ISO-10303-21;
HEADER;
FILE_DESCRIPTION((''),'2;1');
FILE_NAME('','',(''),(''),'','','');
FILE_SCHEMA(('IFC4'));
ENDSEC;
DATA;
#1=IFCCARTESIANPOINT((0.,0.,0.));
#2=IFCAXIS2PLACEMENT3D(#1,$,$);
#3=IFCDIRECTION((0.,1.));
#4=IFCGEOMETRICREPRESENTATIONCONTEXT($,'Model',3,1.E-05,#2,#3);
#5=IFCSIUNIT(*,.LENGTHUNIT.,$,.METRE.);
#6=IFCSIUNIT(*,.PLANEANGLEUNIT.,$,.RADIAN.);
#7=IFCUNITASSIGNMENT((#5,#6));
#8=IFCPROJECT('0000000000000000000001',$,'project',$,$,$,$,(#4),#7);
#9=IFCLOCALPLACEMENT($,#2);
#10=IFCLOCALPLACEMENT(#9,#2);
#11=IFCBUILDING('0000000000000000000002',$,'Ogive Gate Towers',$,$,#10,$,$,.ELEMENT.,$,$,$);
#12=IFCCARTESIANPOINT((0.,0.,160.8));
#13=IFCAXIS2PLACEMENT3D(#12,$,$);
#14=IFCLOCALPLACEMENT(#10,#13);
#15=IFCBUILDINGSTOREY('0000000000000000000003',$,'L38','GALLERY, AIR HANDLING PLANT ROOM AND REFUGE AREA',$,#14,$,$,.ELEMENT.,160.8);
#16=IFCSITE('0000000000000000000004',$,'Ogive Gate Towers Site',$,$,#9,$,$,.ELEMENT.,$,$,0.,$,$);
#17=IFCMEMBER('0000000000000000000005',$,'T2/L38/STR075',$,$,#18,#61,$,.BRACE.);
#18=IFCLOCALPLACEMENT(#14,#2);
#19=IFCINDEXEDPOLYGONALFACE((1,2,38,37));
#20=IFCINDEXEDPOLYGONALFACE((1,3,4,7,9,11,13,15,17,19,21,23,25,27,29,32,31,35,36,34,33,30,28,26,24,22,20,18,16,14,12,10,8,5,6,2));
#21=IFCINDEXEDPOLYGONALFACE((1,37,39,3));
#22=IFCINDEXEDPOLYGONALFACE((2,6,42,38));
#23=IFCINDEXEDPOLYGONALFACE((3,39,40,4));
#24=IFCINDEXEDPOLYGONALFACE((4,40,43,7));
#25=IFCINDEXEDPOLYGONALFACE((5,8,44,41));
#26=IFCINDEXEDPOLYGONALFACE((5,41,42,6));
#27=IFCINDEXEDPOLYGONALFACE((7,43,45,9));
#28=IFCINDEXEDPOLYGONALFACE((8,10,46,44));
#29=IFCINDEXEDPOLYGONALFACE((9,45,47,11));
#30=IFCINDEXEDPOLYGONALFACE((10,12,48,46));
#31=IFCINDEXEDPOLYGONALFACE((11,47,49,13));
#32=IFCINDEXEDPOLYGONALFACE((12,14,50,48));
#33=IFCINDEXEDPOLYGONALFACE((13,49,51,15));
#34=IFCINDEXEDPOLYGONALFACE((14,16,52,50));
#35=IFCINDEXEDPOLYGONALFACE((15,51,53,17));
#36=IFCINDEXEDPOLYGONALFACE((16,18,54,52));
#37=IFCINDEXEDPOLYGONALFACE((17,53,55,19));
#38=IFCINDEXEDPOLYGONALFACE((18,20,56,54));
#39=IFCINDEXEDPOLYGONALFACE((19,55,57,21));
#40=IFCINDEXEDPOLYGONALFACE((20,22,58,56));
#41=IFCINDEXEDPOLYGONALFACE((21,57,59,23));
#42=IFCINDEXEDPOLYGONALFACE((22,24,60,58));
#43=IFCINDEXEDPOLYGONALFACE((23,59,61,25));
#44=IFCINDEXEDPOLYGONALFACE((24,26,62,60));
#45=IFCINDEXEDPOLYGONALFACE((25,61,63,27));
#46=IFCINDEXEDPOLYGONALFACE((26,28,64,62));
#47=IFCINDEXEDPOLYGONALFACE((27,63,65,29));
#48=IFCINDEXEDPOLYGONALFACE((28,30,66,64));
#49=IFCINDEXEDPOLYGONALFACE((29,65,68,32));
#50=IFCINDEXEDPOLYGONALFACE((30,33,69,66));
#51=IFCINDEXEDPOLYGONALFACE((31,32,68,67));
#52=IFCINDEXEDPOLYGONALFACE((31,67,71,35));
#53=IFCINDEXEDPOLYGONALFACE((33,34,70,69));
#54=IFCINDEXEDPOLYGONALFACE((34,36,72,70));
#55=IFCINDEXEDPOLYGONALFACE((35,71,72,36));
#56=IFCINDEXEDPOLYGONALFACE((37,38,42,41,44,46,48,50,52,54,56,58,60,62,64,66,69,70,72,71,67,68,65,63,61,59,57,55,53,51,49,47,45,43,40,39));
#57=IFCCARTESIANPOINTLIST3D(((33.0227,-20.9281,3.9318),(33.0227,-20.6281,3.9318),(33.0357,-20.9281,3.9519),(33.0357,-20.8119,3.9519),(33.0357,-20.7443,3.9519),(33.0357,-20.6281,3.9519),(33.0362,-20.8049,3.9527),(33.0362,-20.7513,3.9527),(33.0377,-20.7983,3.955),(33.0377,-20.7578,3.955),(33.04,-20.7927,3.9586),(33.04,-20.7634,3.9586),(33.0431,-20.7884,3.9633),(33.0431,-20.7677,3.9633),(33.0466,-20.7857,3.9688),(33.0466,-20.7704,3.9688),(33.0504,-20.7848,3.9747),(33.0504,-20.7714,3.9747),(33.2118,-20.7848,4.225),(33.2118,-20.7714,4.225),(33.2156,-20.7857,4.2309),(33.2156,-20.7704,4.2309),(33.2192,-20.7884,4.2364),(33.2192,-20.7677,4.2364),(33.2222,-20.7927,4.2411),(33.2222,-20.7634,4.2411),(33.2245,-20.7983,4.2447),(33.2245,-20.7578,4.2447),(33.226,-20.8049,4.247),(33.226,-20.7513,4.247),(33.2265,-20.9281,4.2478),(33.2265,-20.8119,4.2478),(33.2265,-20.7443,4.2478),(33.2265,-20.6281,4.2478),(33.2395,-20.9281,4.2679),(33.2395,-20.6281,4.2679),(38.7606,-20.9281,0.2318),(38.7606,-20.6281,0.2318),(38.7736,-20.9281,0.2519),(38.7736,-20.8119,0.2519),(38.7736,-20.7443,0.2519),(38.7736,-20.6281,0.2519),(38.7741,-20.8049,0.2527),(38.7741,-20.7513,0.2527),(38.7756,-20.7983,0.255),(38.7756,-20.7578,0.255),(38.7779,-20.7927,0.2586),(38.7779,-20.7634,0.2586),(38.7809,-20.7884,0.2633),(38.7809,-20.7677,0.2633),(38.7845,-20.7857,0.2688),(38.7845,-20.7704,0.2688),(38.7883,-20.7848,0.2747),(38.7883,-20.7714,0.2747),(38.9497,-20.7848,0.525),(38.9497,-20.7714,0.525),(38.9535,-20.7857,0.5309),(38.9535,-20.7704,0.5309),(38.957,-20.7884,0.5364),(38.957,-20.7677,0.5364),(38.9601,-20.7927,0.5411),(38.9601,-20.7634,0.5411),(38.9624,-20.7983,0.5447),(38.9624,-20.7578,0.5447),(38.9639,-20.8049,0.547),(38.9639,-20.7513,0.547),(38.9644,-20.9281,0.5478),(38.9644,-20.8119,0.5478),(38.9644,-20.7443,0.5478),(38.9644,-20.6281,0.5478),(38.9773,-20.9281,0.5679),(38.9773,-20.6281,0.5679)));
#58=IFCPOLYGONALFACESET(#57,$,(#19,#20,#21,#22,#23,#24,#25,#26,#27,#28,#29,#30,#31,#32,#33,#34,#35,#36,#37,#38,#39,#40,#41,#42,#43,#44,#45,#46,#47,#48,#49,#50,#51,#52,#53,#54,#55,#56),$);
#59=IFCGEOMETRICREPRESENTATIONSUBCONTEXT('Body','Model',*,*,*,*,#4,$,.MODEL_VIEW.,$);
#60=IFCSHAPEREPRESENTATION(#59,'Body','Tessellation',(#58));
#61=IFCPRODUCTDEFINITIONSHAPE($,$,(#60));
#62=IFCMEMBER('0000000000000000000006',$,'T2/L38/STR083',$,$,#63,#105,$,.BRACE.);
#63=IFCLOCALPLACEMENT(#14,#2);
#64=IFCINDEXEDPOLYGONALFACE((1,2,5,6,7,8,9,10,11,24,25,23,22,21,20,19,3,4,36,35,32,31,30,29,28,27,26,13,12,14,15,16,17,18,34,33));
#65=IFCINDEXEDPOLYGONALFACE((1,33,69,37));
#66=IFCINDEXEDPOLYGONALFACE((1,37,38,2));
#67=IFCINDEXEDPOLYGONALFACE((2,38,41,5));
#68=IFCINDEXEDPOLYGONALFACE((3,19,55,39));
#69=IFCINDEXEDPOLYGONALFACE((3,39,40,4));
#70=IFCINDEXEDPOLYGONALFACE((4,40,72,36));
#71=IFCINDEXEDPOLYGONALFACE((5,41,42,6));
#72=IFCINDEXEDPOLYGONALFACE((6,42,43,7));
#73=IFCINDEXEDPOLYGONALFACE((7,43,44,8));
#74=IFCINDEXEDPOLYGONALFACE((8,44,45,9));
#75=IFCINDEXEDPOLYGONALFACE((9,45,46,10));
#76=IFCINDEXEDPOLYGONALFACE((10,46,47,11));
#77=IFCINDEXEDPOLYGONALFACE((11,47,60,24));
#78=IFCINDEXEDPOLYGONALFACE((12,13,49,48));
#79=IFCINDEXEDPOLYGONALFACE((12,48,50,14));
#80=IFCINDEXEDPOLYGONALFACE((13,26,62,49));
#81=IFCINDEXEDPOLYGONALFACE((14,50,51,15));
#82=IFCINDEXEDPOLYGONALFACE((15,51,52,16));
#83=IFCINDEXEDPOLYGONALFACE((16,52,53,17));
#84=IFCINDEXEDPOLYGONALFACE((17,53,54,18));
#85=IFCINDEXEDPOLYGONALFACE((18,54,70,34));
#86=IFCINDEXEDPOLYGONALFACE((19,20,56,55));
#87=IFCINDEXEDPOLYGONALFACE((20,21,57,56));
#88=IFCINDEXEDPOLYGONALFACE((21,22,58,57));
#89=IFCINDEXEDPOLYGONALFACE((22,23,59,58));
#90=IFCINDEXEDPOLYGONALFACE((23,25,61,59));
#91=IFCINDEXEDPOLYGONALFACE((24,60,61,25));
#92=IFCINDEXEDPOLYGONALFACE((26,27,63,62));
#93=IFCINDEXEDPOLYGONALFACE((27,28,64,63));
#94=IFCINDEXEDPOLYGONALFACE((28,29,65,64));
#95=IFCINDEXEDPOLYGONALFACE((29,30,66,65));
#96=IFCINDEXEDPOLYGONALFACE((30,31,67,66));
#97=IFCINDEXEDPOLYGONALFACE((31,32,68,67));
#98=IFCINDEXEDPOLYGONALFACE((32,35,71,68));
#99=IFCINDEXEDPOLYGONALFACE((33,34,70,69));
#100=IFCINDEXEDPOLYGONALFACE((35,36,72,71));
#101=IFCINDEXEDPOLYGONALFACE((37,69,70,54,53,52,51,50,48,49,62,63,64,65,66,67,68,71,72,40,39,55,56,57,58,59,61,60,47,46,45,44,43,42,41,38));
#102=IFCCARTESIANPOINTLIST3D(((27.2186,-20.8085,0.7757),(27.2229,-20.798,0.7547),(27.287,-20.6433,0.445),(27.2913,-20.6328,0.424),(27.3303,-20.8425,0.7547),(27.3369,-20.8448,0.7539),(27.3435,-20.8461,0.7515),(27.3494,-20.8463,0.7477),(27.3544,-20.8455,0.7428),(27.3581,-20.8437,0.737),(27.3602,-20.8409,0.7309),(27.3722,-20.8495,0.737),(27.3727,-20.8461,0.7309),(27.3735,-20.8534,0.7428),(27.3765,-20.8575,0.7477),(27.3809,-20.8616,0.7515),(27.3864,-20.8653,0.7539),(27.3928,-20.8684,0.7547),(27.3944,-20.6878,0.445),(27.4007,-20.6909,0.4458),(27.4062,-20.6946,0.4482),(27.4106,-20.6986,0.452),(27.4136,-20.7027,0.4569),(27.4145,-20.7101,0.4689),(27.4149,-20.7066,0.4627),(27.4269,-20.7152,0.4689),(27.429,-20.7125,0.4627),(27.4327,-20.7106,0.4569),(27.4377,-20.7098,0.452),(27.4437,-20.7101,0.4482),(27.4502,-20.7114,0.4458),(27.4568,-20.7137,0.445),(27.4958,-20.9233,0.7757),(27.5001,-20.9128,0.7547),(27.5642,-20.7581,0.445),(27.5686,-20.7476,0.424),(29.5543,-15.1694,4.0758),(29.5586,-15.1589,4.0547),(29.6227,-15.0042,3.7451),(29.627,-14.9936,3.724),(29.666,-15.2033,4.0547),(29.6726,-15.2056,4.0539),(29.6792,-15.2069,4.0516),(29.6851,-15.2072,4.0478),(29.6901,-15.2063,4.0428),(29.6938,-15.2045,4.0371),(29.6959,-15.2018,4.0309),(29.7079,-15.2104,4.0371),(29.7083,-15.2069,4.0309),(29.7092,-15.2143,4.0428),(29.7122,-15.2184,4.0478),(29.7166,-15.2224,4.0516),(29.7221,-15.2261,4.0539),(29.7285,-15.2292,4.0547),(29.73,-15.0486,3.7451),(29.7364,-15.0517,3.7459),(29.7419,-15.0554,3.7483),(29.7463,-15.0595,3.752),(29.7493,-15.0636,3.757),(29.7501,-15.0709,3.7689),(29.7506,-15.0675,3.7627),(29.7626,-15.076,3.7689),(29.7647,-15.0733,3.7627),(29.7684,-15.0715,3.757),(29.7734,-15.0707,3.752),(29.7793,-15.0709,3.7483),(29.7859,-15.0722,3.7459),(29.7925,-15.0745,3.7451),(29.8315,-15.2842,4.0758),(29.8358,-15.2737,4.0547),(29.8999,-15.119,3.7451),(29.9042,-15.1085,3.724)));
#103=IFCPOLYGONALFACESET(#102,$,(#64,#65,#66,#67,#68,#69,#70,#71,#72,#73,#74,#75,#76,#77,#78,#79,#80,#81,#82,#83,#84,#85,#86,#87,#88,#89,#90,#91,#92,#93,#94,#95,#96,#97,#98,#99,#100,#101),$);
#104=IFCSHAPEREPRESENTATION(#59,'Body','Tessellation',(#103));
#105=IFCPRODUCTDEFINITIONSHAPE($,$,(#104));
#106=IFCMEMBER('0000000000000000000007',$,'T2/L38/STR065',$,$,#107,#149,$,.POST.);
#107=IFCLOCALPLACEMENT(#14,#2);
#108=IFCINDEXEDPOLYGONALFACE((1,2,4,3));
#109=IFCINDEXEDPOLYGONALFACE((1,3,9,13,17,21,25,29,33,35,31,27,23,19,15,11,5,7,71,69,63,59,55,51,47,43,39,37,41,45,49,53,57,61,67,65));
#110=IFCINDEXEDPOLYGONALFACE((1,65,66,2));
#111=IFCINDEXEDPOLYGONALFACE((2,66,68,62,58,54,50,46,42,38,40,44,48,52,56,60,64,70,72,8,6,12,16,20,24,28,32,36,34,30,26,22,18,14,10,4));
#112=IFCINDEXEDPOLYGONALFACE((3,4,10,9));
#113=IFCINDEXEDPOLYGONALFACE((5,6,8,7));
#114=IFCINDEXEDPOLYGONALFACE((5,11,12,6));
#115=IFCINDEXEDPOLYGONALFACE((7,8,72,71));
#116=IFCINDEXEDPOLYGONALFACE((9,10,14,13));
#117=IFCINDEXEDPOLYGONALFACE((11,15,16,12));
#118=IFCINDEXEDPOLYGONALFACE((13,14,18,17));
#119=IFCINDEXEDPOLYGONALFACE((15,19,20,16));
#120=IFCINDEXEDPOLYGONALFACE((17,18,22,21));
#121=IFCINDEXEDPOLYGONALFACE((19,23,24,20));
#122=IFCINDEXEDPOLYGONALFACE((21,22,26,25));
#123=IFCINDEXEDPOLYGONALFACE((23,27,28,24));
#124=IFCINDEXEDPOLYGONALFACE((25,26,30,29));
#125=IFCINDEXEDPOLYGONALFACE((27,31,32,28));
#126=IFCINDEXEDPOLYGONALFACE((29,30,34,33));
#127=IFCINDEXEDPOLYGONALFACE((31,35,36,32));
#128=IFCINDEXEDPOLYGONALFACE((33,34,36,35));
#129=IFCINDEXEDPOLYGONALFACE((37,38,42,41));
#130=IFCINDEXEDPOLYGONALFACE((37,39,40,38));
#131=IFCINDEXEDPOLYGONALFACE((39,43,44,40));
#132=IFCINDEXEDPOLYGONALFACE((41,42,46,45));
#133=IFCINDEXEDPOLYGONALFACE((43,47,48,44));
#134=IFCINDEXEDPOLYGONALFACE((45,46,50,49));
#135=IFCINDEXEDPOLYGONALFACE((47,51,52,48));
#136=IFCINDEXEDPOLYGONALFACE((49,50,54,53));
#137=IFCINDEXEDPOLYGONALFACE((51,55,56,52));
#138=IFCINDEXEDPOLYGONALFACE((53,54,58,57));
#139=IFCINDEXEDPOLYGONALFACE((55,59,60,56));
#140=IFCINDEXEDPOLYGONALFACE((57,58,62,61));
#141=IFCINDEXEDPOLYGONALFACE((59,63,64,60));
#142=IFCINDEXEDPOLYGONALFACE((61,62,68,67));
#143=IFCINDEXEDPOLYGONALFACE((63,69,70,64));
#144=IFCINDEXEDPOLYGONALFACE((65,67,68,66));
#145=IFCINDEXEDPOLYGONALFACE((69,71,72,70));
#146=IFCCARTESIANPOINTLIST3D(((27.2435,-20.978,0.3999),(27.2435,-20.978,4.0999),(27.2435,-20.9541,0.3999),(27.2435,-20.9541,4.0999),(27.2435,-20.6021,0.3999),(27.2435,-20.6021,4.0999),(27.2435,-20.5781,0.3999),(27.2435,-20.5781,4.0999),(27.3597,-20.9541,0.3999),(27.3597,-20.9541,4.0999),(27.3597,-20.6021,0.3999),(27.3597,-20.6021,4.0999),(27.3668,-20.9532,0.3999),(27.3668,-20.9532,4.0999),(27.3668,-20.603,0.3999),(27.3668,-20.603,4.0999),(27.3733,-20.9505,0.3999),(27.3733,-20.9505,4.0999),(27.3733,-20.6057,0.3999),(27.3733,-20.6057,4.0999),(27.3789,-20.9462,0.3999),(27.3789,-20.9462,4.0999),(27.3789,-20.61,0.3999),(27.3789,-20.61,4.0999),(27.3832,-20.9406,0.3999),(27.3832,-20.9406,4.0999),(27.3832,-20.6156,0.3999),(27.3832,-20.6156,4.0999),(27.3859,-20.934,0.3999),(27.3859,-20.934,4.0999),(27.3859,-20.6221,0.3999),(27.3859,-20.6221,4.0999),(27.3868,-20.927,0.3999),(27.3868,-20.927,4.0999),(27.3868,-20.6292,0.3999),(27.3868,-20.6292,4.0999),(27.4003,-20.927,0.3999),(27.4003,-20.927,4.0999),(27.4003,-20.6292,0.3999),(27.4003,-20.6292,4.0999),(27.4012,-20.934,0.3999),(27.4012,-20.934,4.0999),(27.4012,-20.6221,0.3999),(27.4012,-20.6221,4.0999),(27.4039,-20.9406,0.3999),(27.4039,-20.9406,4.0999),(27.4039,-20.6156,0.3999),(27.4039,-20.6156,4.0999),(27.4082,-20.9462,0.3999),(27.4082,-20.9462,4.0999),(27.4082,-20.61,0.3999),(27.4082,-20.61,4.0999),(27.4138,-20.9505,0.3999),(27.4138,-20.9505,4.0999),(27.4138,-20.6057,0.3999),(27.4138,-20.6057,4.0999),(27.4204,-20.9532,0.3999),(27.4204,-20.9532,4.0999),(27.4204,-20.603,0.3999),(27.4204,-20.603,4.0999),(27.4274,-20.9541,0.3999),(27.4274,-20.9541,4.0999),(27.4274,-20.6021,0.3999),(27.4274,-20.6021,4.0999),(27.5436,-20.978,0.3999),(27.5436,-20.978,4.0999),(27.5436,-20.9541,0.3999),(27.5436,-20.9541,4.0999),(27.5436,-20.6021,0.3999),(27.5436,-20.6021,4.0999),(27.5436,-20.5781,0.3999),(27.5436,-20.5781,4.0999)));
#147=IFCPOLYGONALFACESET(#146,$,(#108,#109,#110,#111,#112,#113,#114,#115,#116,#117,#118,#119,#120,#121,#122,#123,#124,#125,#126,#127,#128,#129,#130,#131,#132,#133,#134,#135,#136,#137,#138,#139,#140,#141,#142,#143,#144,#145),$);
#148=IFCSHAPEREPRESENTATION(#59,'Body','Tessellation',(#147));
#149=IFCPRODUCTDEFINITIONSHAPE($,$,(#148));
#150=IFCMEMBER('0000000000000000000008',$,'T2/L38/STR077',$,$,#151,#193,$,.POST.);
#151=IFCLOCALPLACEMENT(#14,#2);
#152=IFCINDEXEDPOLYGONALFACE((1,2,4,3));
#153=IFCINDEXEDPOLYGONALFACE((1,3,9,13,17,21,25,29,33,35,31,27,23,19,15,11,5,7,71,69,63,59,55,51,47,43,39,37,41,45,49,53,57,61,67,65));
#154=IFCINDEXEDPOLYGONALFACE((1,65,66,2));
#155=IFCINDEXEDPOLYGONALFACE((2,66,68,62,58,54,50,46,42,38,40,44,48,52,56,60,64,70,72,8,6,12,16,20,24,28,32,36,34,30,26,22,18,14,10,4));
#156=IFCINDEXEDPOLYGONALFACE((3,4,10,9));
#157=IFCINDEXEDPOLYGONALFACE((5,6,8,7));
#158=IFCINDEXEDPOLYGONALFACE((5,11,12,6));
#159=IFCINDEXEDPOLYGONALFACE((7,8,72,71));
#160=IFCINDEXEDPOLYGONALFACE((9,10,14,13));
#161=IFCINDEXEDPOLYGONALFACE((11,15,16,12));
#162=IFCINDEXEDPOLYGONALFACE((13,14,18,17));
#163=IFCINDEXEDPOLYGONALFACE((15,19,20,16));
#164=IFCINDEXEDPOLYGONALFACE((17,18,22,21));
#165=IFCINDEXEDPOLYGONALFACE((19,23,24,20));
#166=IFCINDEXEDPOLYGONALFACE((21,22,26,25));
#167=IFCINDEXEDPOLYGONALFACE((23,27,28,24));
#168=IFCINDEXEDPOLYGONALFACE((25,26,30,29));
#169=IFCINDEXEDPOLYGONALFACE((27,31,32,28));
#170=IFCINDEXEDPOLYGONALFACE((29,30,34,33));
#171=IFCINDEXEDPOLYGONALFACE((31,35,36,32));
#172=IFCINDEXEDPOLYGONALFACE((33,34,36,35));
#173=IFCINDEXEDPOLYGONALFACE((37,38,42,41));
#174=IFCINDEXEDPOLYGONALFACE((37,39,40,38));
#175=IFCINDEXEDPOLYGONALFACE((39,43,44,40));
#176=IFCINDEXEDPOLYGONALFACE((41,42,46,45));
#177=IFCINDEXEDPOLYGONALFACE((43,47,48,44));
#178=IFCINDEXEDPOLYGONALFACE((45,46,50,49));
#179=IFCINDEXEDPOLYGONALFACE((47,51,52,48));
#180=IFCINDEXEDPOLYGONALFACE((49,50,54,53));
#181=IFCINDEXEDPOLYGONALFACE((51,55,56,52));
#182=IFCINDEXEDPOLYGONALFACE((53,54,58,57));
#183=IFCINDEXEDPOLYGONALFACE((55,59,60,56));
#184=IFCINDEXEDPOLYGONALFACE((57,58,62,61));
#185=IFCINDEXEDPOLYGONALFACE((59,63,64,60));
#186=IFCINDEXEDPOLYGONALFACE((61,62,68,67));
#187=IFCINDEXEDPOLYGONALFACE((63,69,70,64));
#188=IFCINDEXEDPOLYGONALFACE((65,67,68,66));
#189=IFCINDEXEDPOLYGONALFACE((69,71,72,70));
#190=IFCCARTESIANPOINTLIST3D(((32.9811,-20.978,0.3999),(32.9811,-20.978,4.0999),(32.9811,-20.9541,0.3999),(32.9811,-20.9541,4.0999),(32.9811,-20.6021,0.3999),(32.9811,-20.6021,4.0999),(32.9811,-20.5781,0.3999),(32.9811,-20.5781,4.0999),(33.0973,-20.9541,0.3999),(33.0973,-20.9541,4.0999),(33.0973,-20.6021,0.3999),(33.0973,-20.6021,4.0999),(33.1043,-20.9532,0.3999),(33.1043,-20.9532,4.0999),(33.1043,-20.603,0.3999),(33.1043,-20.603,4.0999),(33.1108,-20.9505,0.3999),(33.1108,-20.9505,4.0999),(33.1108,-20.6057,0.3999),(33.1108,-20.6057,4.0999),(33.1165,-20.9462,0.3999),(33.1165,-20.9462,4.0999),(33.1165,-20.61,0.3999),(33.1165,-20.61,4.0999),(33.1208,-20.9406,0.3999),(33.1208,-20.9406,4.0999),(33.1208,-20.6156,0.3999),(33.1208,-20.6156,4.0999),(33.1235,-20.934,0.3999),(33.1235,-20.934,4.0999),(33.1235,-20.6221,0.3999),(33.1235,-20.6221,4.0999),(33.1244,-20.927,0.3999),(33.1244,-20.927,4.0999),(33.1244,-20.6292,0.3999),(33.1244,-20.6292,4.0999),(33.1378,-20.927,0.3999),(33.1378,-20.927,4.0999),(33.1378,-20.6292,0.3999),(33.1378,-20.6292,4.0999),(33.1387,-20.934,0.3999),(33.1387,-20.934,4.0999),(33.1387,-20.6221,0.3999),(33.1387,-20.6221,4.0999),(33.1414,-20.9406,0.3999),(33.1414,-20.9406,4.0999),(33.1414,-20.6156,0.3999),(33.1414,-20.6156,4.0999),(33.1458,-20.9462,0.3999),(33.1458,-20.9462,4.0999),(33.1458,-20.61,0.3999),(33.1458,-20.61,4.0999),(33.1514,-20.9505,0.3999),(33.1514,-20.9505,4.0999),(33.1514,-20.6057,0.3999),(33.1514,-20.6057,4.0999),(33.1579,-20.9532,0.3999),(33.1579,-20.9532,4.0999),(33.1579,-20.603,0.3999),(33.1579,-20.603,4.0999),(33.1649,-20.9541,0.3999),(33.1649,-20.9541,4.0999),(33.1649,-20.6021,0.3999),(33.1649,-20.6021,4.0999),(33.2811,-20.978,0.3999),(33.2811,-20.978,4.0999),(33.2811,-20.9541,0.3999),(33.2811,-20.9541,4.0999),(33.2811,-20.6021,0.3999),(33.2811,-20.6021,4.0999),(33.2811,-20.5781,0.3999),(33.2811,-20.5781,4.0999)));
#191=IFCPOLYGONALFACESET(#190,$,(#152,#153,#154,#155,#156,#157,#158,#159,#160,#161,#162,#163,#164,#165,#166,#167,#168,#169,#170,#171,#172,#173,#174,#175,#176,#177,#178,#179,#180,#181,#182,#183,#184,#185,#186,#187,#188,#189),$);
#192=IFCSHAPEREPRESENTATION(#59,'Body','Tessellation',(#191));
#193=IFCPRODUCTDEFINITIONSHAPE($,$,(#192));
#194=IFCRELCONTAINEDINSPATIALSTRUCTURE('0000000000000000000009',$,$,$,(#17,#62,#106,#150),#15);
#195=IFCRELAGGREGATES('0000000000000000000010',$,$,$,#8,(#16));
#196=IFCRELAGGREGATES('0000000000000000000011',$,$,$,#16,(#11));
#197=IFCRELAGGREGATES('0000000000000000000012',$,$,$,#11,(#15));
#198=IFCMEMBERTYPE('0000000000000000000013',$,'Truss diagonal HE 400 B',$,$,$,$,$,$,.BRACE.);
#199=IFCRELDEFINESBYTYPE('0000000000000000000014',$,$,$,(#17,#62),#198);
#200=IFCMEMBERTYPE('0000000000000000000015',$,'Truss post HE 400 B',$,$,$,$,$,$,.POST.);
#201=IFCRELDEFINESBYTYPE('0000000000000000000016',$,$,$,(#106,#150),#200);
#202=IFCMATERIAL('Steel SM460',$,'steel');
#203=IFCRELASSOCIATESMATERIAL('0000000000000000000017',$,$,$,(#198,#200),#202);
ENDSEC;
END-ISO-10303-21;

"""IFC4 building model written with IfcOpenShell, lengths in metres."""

from ifc_helpers import new_model, si_unit, direction, frame, origin, origin_2d, place, context, subcontext, project, spatial, i_section, extrude, material, material_profile, profile_set, type_object, element, save


model = new_model("IFC4")

# Units and contexts
model_context = context("Model", 3, precision=1e-05, world=origin(), true_north=direction((0.0, 1.0)))
body_context = subcontext(model_context, "Body", "Model", "MODEL_VIEW")
ifc_project = project(units=[si_unit("LENGTHUNIT", "METRE"), si_unit("PLANEANGLEUNIT", "RADIAN")], contexts=[model_context])

# Site, building, storey
site_placement = place(None, origin())
site = spatial("IfcSite", under=ifc_project, at=site_placement, Name="Ogive Gate Towers Site", CompositionType="ELEMENT", RefElevation=0.0)
building_placement = place(site_placement, origin())
building = spatial("IfcBuilding", under=site, at=building_placement, Name="Ogive Gate Towers", CompositionType="ELEMENT")
storey_placement = place(building_placement, frame((0.0, 0.0, 160.8)))
storey = spatial("IfcBuildingStorey", under=building, at=storey_placement, Name="L38", Description="GALLERY, AIR HANDLING PLANT ROOM AND REFUGE AREA", CompositionType="ELEMENT", Elevation=160.8)

# Shared definitions
ifc_material_1 = material(Name="Steel SM460", Category="steel")

# Members
ifc_material_profile_1 = material_profile(ifc_material_1, i_section(OverallWidth=0.3, OverallDepth=0.3999, WebThickness=0.0134, FlangeThickness=0.0239, FilletRadius=0.0271, at=origin_2d()), Name="HE 400 B")
ifc_profile_set_1 = profile_set([ifc_material_profile_1], Name="Steel SM460")
member_type_1 = type_object("IfcMemberType", Name="Truss diagonal HE 400 B", PredefinedType="BRACE", material=ifc_profile_set_1)
member_1_placement = place(storey_placement, frame((33.1311, -20.7781, 4.0999), z_axis=(0.84042, 0.0, -0.541935), x_axis=(0.0, 1.0, 0.0)))
element("IfcMember", 1, at=member_1_placement, inside=storey, type_object=member_type_1, Name="T2/L38/STR075", PredefinedType="BRACE", context=body_context, shape_type="SweptSolid", body=[
    extrude(i_section(OverallWidth=0.3, OverallDepth=0.3999, WebThickness=0.0134, FlangeThickness=0.0239, FilletRadius=0.0271, at=origin_2d()), origin(), (0.0, 0.0, 1.0), 6.8274),
])
member_2_placement = place(storey_placement, frame((29.7292, -15.1389, 3.8999), z_axis=(-0.336617, -0.812708, -0.475599), x_axis=(0.923887, -0.382666, 0.0)))
element("IfcMember", 2, at=member_2_placement, inside=storey, type_object=member_type_1, Name="T2/L38/STR083", PredefinedType="BRACE", context=body_context, shape_type="SweptSolid", body=[
    extrude(i_section(OverallWidth=0.3, OverallDepth=0.3999, WebThickness=0.0134, FlangeThickness=0.0239, FilletRadius=0.0271, at=origin_2d()), origin(), (0.0, 0.0, 1.0), 6.9387),
])
ifc_material_profile_2 = material_profile(ifc_material_1, i_section(OverallWidth=0.3, OverallDepth=0.3999, WebThickness=0.0134, FlangeThickness=0.0239, FilletRadius=0.0271, at=origin_2d()), Name="HE 400 B")
ifc_profile_set_2 = profile_set([ifc_material_profile_2], Name="Steel SM460")
member_type_2 = type_object("IfcMemberType", Name="Truss post HE 400 B", PredefinedType="POST", material=ifc_profile_set_2)
for number, where, z_axis, x_axis, name in (
    (3, (27.3936, -20.7781, 0.3999), (0.0, 0.0, 1.0), (1.0, 0.0, 0.0), "T2/L38/STR065"),
    (4, (33.1311, -20.7781, 0.3999), (0.0, 0.0, 1.0), (1.0, 0.0, 0.0), "T2/L38/STR077"),
):
    element("IfcMember", number, at=place(storey_placement, frame(where, z_axis=z_axis, x_axis=x_axis)), inside=storey, type_object=member_type_2, Name=name, PredefinedType="POST", context=body_context, shape_type="SweptSolid", body=[
        extrude(i_section(OverallWidth=0.3, OverallDepth=0.3999, WebThickness=0.0134, FlangeThickness=0.0239, FilletRadius=0.0271, at=origin_2d()), origin(), (0.0, 0.0, 1.0), 3.7),
    ])

save(model, "model.ifc")
